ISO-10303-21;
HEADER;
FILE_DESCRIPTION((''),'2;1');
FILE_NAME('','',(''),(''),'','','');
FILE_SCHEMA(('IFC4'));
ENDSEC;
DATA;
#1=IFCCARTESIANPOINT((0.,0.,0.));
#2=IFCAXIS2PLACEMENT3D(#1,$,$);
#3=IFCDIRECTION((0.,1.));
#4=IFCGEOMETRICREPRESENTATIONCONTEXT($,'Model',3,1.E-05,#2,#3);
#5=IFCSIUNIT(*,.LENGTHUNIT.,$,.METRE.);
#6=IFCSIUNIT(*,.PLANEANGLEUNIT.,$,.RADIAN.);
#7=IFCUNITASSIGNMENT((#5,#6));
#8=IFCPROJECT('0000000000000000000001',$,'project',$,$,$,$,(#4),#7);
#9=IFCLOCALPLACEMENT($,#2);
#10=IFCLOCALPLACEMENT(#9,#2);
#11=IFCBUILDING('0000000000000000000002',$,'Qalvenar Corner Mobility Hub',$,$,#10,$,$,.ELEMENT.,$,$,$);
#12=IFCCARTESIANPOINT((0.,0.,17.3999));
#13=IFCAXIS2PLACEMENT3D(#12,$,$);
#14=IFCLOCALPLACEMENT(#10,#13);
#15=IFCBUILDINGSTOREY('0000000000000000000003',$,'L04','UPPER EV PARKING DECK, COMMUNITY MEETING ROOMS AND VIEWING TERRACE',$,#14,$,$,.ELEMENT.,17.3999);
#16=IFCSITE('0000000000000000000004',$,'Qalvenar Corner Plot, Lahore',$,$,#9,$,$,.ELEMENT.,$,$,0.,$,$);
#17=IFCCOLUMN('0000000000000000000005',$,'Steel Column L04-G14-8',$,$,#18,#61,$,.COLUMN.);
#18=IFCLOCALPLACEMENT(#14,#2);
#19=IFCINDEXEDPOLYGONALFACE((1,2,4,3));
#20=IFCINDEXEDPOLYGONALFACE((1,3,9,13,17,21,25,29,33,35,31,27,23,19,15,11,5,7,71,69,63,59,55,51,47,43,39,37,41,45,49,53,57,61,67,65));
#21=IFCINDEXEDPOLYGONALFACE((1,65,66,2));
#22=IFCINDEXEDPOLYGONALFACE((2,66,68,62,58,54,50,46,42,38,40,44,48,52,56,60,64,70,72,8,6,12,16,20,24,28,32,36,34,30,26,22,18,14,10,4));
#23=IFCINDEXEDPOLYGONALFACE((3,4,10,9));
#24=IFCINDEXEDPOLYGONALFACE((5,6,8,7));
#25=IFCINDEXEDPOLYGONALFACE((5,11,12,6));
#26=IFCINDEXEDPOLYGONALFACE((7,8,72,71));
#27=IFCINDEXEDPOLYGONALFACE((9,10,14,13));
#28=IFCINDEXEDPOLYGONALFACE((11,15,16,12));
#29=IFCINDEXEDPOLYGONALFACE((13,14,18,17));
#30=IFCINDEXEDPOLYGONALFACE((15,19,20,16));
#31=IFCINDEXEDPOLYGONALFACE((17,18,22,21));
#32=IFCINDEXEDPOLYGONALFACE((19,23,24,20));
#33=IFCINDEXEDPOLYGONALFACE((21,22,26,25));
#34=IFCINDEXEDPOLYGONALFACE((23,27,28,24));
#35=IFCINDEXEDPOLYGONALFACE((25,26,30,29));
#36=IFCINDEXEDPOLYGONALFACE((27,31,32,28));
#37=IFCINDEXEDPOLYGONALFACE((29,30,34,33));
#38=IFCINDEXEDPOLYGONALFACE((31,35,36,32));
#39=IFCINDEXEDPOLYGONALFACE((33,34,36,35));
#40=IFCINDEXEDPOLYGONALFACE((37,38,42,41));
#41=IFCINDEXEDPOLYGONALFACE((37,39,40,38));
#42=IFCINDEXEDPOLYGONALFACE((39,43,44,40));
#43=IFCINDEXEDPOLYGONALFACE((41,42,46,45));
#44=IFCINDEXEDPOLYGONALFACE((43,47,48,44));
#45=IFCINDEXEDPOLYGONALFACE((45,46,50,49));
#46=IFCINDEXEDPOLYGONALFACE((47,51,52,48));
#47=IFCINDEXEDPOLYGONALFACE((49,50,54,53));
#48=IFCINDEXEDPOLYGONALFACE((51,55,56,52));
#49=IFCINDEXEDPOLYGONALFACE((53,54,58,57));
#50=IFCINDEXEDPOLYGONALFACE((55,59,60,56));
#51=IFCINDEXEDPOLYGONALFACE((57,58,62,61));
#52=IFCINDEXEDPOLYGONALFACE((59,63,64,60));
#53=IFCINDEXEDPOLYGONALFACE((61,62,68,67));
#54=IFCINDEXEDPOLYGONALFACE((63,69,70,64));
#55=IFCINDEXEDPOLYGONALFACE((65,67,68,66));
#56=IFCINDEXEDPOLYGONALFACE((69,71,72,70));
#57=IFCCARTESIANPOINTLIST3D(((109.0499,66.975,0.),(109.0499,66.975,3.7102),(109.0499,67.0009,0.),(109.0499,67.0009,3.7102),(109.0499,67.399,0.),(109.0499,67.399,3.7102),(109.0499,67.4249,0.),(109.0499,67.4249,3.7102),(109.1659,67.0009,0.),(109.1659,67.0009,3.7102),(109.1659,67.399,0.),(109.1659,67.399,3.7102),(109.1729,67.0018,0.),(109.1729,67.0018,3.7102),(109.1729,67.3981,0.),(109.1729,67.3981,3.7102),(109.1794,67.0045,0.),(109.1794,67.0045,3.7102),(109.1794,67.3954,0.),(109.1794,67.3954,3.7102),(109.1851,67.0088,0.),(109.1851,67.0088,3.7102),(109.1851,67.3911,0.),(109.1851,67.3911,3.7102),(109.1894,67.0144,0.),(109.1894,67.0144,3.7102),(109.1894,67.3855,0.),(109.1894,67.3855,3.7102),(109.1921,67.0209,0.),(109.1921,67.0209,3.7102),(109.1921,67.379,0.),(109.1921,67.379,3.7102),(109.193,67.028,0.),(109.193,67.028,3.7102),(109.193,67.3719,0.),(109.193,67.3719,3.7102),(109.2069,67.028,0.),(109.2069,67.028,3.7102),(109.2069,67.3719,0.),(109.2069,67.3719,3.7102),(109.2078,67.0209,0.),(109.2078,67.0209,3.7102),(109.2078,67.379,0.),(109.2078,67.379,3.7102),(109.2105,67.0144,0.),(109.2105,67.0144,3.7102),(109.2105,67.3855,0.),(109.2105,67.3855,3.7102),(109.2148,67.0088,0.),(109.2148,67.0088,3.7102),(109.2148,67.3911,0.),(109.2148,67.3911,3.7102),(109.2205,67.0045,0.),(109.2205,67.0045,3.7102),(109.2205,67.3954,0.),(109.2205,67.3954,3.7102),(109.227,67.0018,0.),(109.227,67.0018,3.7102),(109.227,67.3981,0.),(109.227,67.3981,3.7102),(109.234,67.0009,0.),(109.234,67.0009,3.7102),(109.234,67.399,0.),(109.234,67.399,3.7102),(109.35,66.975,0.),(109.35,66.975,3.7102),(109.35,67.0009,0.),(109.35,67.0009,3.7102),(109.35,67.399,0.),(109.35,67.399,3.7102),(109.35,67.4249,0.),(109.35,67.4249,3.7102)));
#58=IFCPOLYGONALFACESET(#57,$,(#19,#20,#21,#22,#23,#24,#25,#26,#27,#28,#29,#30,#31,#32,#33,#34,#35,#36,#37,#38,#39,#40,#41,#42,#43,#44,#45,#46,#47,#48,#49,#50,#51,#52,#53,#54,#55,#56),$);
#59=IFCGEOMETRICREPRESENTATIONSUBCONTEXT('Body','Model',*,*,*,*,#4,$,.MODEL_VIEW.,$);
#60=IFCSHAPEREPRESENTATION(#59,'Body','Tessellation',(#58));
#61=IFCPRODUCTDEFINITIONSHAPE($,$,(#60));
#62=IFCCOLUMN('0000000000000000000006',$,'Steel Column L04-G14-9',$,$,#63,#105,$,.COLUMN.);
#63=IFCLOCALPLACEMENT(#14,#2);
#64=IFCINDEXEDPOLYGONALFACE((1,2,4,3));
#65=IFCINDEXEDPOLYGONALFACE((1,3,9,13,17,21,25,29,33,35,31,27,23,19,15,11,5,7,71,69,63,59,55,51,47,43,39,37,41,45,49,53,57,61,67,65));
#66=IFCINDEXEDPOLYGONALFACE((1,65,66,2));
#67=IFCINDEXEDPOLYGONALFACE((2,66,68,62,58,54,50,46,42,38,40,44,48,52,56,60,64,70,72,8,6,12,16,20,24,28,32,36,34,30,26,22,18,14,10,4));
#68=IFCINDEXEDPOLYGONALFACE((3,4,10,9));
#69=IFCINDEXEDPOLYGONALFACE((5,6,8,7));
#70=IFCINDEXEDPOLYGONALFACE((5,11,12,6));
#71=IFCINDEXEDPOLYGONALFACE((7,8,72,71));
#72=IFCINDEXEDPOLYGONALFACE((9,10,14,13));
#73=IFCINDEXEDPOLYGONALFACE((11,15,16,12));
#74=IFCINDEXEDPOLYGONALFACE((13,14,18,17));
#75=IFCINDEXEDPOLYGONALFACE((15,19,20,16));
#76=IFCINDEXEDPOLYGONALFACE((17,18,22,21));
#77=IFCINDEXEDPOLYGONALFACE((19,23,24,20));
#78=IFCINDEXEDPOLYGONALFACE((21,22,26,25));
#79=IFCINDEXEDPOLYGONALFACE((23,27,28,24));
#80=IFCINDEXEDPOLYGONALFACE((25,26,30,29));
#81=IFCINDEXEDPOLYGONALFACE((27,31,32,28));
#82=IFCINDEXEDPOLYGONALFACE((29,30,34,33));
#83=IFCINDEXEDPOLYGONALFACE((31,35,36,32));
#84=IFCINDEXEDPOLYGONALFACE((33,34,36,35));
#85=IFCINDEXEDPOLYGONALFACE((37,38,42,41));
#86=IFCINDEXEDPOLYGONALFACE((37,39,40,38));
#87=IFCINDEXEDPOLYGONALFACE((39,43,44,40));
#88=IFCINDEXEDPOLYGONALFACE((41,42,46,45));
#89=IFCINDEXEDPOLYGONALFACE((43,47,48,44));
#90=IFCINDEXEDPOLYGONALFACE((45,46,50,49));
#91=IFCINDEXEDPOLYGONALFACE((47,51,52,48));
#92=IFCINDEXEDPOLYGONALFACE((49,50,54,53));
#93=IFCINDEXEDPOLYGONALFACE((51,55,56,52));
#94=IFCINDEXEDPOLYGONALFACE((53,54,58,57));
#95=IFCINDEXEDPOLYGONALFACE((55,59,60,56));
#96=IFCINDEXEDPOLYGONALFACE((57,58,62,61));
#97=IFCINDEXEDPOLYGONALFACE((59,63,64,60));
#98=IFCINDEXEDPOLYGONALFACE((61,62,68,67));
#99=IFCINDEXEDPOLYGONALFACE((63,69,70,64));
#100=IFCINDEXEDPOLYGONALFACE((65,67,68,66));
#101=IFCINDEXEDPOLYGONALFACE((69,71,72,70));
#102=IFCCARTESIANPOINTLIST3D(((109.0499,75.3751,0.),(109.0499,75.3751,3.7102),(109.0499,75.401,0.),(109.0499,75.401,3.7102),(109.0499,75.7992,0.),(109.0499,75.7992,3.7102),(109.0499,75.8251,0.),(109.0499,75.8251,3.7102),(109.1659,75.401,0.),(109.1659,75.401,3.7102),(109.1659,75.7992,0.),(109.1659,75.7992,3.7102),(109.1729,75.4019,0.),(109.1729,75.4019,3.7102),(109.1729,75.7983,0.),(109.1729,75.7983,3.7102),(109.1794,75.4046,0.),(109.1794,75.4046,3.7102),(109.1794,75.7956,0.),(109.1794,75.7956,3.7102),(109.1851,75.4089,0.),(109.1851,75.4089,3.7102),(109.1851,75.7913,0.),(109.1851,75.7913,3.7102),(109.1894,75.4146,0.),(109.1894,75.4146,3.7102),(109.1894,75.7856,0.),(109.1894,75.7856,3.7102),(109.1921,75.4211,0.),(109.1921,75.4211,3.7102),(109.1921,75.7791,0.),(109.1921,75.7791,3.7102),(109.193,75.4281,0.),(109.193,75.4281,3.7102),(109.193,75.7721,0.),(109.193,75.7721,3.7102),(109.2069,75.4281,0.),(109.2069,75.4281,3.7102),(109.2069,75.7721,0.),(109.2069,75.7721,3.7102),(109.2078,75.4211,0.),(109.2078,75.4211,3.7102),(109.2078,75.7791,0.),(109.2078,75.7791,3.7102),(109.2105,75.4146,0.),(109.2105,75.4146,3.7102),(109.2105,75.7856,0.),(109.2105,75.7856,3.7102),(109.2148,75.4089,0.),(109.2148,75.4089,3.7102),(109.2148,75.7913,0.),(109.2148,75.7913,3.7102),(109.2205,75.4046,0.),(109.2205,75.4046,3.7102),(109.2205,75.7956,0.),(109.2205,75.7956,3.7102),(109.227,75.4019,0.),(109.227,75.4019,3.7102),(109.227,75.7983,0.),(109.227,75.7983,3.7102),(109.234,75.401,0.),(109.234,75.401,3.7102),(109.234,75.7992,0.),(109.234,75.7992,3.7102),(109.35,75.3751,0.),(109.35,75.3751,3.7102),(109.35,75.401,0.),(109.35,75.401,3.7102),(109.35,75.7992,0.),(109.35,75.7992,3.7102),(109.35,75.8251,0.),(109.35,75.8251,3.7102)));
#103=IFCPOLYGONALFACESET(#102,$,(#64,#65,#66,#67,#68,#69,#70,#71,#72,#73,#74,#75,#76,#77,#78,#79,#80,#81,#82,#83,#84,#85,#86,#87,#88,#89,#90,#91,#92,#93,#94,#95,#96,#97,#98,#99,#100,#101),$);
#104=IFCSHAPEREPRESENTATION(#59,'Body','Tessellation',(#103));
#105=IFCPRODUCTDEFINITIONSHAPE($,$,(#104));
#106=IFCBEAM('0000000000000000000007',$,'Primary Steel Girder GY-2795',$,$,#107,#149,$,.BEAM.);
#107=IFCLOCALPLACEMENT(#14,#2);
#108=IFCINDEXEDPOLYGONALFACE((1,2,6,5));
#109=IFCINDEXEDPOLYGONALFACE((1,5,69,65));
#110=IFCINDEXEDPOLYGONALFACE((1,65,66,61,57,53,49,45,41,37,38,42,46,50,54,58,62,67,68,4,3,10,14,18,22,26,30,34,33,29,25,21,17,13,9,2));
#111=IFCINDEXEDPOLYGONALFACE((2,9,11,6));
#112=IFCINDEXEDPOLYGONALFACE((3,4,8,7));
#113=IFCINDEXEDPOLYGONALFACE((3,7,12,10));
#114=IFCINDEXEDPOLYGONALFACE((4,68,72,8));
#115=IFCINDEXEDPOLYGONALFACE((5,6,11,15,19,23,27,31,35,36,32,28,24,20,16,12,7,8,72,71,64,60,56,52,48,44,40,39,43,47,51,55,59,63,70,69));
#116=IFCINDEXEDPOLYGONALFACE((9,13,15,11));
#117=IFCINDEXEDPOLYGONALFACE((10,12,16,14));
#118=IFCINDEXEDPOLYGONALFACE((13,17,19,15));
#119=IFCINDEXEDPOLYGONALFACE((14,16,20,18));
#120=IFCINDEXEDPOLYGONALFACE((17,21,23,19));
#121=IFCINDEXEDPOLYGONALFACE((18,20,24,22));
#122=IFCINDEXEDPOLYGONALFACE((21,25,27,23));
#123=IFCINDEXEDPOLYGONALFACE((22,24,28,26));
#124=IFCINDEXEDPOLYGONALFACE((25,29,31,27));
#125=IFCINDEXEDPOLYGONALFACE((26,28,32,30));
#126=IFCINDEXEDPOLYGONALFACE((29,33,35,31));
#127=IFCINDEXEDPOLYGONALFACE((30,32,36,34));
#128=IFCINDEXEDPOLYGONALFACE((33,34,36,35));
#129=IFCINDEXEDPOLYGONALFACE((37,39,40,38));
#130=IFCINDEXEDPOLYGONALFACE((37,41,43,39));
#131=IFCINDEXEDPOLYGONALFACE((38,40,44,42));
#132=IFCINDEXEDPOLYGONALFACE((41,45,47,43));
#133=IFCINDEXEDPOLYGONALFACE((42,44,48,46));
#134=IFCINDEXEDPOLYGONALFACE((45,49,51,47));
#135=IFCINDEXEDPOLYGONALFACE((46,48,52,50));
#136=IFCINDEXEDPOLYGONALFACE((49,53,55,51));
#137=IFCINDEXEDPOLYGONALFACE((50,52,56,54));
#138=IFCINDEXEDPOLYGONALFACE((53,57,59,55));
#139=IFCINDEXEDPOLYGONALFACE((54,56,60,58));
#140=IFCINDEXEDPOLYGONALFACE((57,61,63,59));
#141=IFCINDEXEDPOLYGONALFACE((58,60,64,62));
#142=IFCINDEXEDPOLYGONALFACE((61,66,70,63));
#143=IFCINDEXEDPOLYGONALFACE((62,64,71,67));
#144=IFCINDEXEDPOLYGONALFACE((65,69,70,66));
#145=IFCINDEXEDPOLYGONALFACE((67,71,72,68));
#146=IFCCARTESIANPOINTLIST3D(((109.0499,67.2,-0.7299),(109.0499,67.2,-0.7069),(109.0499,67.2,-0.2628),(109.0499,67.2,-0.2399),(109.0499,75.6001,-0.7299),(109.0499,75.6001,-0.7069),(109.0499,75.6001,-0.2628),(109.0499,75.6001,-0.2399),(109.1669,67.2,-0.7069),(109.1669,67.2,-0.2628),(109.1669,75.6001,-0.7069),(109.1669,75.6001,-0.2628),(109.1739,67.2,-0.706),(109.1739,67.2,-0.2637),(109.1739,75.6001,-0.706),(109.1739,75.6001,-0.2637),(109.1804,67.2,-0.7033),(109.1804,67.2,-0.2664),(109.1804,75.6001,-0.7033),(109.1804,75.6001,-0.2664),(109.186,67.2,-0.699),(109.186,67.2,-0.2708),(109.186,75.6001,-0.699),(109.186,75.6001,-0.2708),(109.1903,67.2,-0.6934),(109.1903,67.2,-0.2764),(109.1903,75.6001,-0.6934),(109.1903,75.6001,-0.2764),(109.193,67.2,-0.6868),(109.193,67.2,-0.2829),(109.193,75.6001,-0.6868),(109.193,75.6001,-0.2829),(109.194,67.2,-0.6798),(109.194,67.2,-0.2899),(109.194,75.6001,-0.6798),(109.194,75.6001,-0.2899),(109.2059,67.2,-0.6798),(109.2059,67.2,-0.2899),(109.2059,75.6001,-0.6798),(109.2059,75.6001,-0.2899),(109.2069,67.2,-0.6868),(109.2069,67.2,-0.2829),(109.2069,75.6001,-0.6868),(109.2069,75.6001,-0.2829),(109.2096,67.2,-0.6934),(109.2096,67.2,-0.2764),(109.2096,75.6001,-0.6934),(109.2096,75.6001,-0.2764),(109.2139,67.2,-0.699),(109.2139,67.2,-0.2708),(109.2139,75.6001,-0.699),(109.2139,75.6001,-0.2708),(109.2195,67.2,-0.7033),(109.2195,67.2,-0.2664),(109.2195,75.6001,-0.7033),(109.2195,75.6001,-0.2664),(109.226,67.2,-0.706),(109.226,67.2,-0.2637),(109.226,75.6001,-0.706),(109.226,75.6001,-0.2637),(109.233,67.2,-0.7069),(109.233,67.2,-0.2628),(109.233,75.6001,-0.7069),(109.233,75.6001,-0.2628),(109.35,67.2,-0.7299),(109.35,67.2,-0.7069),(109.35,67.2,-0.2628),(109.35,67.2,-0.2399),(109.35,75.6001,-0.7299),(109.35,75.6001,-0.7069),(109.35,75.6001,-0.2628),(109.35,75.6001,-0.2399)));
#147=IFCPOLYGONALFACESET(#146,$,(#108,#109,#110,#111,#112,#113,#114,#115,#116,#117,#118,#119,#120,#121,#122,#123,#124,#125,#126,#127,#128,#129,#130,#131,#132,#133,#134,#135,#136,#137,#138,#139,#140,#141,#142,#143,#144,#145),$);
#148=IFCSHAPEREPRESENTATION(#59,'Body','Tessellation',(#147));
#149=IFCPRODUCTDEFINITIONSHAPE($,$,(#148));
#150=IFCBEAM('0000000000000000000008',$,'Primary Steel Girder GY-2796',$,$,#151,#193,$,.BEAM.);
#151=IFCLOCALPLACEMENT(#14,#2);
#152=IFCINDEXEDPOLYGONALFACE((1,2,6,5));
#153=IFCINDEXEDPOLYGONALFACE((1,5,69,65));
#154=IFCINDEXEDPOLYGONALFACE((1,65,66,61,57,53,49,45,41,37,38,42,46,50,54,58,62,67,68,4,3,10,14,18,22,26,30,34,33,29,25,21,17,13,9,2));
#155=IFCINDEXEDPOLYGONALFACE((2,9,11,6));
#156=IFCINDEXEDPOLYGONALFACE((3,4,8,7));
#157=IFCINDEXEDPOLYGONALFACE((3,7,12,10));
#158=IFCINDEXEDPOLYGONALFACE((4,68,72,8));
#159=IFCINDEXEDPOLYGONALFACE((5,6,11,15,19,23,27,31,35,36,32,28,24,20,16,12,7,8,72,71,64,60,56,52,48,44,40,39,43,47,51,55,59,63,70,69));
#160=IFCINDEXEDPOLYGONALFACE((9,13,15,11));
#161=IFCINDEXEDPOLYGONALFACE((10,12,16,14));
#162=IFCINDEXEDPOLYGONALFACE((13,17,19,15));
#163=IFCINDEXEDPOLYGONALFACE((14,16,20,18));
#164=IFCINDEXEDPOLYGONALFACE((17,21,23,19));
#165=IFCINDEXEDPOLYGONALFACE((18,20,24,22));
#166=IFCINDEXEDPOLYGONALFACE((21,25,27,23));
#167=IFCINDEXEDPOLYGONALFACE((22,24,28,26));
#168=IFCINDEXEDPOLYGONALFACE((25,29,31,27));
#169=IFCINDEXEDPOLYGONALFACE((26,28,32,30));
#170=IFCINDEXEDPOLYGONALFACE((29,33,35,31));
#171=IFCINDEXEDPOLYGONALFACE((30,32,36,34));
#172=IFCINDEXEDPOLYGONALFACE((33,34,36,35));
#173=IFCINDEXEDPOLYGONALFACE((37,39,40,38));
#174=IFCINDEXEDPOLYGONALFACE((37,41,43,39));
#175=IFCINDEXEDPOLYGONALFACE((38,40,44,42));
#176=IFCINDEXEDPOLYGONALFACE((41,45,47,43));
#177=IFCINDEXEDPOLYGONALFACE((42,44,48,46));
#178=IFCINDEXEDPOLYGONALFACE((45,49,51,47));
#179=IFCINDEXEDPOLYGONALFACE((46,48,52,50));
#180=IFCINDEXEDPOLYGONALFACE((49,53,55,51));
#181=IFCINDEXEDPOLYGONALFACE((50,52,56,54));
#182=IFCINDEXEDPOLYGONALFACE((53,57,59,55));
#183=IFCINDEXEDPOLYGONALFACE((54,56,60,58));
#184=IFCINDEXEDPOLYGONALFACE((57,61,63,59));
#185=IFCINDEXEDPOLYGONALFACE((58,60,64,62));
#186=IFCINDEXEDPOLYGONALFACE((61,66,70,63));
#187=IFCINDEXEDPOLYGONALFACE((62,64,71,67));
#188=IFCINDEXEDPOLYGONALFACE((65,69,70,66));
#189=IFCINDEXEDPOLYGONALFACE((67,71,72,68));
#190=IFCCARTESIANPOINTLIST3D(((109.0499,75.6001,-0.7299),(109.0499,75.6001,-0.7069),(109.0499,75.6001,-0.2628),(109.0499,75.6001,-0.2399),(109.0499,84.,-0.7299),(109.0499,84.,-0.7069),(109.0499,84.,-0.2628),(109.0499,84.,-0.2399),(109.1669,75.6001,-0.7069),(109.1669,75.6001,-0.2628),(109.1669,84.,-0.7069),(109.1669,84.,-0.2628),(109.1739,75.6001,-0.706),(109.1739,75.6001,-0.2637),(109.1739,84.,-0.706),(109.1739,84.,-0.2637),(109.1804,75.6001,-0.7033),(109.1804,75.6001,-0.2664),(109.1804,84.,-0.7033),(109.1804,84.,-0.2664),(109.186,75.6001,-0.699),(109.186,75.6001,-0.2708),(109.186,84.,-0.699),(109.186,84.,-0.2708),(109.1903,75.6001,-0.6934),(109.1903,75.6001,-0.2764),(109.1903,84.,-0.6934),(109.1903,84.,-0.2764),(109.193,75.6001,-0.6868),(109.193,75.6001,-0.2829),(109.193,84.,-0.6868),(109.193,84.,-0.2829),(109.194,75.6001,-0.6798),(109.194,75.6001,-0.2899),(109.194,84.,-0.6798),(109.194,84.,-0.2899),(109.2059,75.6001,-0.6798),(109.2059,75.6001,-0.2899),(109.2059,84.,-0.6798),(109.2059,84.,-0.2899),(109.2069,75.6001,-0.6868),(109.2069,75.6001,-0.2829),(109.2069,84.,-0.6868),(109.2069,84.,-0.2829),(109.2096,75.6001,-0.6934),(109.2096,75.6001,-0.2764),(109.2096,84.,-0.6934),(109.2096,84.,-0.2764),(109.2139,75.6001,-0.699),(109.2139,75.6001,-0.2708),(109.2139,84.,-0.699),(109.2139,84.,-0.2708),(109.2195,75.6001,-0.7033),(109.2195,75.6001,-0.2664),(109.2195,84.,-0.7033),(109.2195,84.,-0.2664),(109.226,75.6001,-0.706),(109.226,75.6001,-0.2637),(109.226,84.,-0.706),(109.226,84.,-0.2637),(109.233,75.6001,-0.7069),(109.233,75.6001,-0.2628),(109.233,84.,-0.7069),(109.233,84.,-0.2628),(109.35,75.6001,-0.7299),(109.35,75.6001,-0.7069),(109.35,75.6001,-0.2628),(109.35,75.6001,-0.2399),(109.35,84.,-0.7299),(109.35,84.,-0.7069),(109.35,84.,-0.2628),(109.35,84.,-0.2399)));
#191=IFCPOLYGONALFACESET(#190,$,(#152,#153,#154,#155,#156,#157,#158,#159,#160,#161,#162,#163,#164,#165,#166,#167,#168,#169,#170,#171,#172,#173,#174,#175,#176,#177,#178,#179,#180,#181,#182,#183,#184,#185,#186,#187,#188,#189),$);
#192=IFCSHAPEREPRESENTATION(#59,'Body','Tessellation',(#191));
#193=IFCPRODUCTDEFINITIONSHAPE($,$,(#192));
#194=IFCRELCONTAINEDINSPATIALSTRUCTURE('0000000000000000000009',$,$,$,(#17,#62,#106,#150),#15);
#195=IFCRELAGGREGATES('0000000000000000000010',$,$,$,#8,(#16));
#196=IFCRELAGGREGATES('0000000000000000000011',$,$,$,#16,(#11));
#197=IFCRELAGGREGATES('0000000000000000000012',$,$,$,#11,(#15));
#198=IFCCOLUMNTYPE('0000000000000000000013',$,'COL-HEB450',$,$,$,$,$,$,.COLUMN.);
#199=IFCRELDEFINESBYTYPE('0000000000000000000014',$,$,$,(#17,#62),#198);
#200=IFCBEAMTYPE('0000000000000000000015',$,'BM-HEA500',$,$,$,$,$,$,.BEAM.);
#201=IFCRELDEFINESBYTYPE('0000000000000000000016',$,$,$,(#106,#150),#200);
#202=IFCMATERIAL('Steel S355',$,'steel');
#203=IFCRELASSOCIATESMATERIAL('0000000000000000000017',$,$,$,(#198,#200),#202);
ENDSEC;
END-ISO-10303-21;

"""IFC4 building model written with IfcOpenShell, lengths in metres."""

from ifc_helpers import new_model, si_unit, direction, frame, origin, origin_2d, place, context, subcontext, project, spatial, i_section, extrude, material, material_profile, profile_set, type_object, element, save


model = new_model("IFC4")

# Units and contexts
model_context = context("Model", 3, precision=1e-05, world=origin(), true_north=direction((0.0, 1.0)))
body_context = subcontext(model_context, "Body", "Model", "MODEL_VIEW")
ifc_project = project(units=[si_unit("LENGTHUNIT", "METRE"), si_unit("PLANEANGLEUNIT", "RADIAN")], contexts=[model_context])

# Site, building, storey
site_placement = place(None, origin())
site = spatial("IfcSite", under=ifc_project, at=site_placement, Name="Qalvenar Corner Plot, Lahore", CompositionType="ELEMENT", RefElevation=0.0)
building_placement = place(site_placement, origin())
building = spatial("IfcBuilding", under=site, at=building_placement, Name="Qalvenar Corner Mobility Hub", CompositionType="ELEMENT")
storey_placement = place(building_placement, frame((0.0, 0.0, 17.3999)))
storey = spatial("IfcBuildingStorey", under=building, at=storey_placement, Name="L04", Description="UPPER EV PARKING DECK, COMMUNITY MEETING ROOMS AND VIEWING TERRACE", CompositionType="ELEMENT", Elevation=17.3999)

# Columns
ifc_material = material(Name="Steel S355", Category="steel")
ifc_material_profile_1 = material_profile(ifc_material, i_section(OverallWidth=0.3, OverallDepth=0.45, WebThickness=0.0139, FlangeThickness=0.0259, FilletRadius=0.0271, at=origin_2d()), Name="HEB450")
ifc_profile_set_1 = profile_set([ifc_material_profile_1], Name="Steel S355")
column_type = type_object("IfcColumnType", Name="COL-HEB450", PredefinedType="COLUMN", material=ifc_profile_set_1)
for number, where, z_axis, x_axis, name in (
    (1, (109.2, 67.2, 0.0), (0.0, 0.0, 1.0), (1.0, 0.0, 0.0), "Steel Column L04-G14-8"),
    (2, (109.2, 75.6001, 0.0), (0.0, 0.0, 1.0), (1.0, 0.0, 0.0), "Steel Column L04-G14-9"),
):
    element("IfcColumn", number, at=place(storey_placement, frame(where, z_axis=z_axis, x_axis=x_axis)), inside=storey, type_object=column_type, Name=name, PredefinedType="COLUMN", context=body_context, shape_type="SweptSolid", body=[
        extrude(i_section(OverallWidth=0.3, OverallDepth=0.45, WebThickness=0.0139, FlangeThickness=0.0259, FilletRadius=0.0271, at=origin_2d()), origin(), (0.0, 0.0, 1.0), 3.7102),
    ])

# Beams
ifc_material_profile_2 = material_profile(ifc_material, i_section(OverallWidth=0.3, OverallDepth=0.49, WebThickness=0.012, FlangeThickness=0.0229, FilletRadius=0.0271, at=origin_2d()), Name="HEA500")
ifc_profile_set_2 = profile_set([ifc_material_profile_2], Name="Steel S355")
beam_type_1 = type_object("IfcBeamType", Name="BM-HEA500", PredefinedType="BEAM", material=ifc_profile_set_2)
beam_1_placement = place(storey_placement, frame((109.2, 67.2, -0.4849), z_axis=(0.0, 1.0, 0.0), x_axis=(-1.0, 0.0, 0.0)))
element("IfcBeam", 3, at=beam_1_placement, inside=storey, type_object=beam_type_1, Name="Primary Steel Girder GY-2795", PredefinedType="BEAM", context=body_context, shape_type="SweptSolid", body=[
    extrude(i_section(OverallWidth=0.3, OverallDepth=0.49, WebThickness=0.012, FlangeThickness=0.0229, FilletRadius=0.0271, at=origin_2d()), origin(), (0.0, 0.0, 1.0), 8.4001),
])
beam_2_placement = place(storey_placement, frame((109.2, 75.6001, -0.4849), z_axis=(0.0, 1.0, 0.0), x_axis=(-1.0, 0.0, 0.0)))
element("IfcBeam", 4, at=beam_2_placement, inside=storey, type_object=beam_type_1, Name="Primary Steel Girder GY-2796", PredefinedType="BEAM", context=body_context, shape_type="SweptSolid", body=[
    extrude(i_section(OverallWidth=0.3, OverallDepth=0.49, WebThickness=0.012, FlangeThickness=0.0229, FilletRadius=0.0271, at=origin_2d()), origin(), (0.0, 0.0, 1.0), 8.3999),
])

save(model, "model.ifc")
